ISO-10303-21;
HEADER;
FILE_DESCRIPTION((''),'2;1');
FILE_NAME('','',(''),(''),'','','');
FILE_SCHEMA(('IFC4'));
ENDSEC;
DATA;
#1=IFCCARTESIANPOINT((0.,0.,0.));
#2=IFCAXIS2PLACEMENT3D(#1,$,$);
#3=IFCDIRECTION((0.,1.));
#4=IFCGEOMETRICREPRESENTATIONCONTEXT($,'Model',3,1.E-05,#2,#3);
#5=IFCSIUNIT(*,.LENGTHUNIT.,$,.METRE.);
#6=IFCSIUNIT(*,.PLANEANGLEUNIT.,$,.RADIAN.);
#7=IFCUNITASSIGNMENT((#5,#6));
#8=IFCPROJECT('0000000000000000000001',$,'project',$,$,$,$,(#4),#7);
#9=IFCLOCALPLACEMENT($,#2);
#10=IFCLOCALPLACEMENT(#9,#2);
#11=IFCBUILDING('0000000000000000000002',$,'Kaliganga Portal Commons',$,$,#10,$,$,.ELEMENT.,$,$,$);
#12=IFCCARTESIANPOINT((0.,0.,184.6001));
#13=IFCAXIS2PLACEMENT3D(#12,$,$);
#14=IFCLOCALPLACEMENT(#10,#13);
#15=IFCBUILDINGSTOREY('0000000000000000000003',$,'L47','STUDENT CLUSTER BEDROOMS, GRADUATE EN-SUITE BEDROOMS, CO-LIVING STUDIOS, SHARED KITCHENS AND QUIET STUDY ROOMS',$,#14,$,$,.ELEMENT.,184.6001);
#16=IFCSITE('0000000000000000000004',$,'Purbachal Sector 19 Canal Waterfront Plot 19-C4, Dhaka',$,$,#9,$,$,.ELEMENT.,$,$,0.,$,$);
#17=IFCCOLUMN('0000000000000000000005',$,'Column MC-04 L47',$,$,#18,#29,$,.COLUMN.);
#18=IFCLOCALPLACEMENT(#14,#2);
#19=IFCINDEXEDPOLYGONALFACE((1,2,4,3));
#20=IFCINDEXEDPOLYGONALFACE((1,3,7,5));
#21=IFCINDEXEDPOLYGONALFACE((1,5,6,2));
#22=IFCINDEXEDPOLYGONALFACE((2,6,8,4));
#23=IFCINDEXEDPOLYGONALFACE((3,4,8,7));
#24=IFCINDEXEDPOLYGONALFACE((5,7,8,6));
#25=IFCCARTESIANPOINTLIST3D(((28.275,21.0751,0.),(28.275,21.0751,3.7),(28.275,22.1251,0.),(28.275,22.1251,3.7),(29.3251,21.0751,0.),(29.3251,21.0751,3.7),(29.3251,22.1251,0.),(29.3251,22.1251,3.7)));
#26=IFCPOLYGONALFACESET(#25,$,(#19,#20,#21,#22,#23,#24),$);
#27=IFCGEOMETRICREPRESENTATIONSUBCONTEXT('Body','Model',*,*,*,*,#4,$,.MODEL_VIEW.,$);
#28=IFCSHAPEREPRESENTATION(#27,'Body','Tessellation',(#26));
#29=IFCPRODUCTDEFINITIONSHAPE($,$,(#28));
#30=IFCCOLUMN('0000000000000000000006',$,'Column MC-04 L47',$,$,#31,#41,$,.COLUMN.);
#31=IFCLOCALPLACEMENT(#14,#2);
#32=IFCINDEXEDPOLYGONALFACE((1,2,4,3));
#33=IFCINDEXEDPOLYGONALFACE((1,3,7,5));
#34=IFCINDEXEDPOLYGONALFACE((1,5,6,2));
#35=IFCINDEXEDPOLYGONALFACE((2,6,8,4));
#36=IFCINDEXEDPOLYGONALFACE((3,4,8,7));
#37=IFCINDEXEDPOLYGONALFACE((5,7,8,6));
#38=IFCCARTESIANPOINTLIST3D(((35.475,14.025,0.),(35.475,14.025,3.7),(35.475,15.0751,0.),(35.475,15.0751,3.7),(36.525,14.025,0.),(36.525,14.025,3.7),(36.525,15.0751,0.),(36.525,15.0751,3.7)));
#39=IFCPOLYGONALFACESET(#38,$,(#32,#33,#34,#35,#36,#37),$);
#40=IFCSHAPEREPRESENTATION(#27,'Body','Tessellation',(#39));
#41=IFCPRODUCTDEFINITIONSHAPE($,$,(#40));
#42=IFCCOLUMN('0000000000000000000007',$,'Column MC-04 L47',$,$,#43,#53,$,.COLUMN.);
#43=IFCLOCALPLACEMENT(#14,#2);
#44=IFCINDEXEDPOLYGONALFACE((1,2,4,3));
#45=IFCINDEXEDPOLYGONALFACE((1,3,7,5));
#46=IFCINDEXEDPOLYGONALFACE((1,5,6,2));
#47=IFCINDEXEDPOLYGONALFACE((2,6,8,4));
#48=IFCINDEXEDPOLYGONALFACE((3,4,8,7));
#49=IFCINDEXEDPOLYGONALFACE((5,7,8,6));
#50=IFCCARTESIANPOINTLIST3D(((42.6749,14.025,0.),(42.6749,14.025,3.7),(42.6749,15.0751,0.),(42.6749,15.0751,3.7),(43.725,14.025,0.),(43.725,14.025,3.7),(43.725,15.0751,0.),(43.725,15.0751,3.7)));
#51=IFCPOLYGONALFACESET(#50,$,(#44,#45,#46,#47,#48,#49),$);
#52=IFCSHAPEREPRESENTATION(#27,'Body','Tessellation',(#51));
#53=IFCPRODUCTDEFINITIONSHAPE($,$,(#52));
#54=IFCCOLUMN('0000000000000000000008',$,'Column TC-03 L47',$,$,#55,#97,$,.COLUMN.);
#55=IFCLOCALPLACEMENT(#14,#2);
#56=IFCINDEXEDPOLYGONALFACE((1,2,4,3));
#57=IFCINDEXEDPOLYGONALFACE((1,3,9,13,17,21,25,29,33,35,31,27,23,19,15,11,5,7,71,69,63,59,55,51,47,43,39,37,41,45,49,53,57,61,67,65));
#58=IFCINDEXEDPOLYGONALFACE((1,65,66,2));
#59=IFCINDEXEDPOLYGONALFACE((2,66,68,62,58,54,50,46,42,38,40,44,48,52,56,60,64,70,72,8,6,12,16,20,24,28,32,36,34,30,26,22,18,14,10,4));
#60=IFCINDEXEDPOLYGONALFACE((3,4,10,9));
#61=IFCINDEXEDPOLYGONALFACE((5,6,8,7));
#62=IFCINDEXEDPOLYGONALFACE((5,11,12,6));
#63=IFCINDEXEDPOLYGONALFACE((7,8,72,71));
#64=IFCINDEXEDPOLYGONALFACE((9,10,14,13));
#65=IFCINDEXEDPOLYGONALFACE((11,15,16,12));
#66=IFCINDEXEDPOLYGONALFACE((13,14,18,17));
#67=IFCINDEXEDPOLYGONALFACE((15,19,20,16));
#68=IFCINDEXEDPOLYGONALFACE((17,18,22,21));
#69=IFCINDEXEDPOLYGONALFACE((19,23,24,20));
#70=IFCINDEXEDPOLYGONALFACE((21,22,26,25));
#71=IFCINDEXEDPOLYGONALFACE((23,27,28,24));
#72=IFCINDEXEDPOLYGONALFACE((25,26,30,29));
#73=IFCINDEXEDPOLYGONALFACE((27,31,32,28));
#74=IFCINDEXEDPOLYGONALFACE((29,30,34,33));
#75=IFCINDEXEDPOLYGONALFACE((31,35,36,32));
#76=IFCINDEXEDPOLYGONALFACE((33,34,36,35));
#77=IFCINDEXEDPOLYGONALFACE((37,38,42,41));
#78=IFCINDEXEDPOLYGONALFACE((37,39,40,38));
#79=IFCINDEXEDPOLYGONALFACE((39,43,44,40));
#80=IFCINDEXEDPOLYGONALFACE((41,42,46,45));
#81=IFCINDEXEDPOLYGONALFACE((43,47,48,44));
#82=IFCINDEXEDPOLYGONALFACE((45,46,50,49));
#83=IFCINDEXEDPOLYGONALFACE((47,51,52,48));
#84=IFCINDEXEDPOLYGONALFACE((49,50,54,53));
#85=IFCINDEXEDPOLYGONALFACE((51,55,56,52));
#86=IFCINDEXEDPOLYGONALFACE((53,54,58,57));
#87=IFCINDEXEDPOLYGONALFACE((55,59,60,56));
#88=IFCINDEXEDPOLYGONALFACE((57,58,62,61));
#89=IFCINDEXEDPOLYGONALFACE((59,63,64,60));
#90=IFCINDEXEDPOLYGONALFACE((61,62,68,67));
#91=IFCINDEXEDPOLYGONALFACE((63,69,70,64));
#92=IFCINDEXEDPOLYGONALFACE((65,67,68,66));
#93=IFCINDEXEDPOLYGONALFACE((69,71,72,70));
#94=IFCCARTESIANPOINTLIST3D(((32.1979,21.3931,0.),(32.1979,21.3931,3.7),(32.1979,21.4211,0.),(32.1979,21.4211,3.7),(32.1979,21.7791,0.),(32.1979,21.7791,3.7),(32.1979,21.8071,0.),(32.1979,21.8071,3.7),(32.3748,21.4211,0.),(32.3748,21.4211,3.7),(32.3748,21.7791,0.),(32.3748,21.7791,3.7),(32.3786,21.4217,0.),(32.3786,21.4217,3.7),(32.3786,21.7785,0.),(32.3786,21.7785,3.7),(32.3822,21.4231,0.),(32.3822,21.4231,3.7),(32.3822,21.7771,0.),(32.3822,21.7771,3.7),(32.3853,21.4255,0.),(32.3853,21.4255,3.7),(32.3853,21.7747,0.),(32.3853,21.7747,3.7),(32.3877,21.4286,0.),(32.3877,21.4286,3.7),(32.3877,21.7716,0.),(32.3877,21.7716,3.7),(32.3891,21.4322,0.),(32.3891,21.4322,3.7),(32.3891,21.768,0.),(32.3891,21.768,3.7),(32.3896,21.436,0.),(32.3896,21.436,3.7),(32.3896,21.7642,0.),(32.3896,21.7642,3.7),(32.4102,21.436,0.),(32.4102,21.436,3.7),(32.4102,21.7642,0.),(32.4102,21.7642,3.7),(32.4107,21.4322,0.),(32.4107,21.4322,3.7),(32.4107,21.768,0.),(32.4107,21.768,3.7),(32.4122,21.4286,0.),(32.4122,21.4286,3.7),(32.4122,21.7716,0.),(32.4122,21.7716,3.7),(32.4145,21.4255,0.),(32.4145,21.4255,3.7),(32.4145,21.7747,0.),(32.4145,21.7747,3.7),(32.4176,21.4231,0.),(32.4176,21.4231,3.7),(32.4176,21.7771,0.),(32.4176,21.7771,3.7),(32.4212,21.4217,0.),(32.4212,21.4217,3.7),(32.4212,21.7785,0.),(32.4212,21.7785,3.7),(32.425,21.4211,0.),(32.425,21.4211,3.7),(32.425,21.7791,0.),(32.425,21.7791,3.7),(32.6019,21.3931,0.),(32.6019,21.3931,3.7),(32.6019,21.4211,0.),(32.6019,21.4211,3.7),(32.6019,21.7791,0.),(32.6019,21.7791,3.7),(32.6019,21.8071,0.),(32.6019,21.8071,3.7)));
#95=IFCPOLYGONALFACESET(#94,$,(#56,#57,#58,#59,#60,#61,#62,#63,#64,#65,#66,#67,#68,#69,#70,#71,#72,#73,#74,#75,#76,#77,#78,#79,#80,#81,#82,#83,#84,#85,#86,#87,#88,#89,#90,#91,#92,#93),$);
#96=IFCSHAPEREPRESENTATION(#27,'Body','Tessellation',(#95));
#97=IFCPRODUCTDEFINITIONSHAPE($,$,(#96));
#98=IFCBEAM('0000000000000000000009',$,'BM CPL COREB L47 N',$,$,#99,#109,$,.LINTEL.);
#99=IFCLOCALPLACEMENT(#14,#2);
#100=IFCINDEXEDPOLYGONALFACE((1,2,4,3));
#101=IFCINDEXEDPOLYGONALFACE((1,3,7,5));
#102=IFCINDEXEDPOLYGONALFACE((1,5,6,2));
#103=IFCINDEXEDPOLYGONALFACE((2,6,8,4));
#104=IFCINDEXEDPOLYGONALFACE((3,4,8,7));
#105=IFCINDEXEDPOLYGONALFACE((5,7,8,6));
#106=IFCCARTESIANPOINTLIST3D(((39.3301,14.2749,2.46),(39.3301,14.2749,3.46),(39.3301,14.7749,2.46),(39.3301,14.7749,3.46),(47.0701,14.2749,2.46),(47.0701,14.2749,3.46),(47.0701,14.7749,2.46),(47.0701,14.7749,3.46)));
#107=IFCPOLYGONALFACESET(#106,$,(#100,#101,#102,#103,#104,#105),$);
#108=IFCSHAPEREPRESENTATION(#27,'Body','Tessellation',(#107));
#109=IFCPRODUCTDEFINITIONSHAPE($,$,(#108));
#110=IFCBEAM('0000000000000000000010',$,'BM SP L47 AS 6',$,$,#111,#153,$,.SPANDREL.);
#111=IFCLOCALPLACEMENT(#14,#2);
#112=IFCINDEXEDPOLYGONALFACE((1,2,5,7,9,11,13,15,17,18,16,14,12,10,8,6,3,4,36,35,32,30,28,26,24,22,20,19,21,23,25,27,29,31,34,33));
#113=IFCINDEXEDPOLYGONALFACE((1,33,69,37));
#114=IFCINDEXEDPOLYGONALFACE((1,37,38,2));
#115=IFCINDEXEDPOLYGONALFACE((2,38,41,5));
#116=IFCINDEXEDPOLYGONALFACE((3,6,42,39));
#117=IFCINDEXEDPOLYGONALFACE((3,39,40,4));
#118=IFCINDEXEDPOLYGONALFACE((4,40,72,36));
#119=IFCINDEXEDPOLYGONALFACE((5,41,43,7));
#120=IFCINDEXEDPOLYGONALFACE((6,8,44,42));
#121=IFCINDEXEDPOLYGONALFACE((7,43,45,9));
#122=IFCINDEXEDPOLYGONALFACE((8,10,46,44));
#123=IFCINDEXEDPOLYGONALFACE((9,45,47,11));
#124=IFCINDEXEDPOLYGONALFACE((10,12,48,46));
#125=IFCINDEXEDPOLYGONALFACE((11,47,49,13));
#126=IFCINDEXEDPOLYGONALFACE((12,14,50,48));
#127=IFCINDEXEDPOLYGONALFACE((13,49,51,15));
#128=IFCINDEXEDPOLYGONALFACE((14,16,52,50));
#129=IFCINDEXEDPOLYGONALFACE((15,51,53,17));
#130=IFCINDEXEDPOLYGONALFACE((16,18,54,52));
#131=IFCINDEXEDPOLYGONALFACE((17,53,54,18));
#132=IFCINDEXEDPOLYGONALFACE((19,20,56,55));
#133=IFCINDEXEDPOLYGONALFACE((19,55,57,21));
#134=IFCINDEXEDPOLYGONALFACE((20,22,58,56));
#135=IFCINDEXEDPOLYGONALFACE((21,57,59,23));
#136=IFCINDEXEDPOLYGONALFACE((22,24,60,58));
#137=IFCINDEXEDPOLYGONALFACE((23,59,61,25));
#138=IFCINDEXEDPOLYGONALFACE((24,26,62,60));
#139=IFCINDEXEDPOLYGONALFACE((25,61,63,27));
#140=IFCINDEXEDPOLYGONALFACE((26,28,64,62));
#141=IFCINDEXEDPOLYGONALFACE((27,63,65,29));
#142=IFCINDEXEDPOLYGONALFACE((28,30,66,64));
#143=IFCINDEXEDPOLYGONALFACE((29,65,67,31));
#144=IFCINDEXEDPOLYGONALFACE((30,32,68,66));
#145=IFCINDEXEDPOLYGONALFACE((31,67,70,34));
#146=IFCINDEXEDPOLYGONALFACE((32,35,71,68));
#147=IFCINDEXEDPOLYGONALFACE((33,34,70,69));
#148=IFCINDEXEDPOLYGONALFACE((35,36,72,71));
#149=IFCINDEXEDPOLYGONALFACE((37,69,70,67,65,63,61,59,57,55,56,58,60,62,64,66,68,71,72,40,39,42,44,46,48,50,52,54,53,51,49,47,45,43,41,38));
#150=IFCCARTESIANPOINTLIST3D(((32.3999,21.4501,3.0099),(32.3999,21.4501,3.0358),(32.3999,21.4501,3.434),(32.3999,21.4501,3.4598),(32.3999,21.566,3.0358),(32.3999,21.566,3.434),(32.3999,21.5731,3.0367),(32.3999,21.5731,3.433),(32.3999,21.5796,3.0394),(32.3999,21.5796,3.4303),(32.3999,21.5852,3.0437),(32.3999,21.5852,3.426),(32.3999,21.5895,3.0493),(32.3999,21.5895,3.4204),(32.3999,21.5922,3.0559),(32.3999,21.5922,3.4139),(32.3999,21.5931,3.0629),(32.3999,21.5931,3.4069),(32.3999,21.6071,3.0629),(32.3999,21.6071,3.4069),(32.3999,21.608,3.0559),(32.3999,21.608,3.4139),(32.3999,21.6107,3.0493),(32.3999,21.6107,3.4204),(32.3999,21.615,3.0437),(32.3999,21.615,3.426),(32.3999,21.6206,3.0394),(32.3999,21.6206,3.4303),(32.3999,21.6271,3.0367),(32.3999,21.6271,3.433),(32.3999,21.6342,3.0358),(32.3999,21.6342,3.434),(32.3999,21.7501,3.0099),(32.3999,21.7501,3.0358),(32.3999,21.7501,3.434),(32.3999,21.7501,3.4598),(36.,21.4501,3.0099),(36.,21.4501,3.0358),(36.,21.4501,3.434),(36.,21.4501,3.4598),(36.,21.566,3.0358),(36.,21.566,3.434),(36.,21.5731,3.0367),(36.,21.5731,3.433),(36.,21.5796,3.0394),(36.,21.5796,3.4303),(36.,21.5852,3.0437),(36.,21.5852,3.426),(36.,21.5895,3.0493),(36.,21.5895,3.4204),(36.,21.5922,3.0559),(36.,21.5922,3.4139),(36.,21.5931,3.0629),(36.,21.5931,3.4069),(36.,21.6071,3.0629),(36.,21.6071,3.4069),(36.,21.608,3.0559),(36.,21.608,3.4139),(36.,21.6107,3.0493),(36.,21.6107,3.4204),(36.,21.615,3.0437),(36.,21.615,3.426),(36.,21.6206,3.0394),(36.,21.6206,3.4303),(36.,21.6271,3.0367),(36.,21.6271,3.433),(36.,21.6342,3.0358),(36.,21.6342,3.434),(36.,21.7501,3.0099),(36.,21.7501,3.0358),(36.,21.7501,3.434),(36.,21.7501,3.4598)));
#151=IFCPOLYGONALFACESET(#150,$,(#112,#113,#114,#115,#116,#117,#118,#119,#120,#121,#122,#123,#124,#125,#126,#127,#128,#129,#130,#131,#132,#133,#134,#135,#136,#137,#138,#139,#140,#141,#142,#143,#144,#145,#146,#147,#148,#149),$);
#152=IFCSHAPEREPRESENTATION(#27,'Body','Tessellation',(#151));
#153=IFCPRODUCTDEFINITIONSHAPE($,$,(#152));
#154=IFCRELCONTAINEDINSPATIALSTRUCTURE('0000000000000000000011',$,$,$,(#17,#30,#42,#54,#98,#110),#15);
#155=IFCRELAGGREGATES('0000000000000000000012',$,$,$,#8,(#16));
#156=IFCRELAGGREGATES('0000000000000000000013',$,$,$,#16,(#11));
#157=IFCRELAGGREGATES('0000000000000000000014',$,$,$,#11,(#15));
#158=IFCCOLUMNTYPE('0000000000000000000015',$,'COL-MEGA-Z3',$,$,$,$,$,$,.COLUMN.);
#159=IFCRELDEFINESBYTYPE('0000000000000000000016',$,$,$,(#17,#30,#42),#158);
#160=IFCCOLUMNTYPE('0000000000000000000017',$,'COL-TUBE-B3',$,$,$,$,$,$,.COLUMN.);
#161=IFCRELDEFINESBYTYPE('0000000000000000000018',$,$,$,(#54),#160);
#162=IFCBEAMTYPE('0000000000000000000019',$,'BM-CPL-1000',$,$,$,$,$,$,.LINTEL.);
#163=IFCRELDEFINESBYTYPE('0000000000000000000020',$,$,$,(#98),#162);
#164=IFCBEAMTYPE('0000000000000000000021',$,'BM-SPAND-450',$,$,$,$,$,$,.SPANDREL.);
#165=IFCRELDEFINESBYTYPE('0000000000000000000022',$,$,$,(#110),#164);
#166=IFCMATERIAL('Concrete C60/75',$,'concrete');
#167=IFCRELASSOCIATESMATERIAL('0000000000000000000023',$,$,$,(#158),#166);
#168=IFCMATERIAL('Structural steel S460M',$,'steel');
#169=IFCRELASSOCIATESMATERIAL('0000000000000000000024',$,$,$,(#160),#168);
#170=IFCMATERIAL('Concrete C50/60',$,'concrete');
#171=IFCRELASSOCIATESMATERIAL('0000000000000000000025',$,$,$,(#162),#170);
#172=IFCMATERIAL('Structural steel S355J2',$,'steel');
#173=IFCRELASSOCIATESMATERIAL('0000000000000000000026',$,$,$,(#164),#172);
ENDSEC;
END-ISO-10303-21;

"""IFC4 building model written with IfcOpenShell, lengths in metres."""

from ifc_helpers import new_model, si_unit, direction, frame, origin, origin_2d, place, context, subcontext, project, spatial, rectangle, i_section, extrude, source, transform, mapped, material, material_profile, profile_set, type_object, element, save


model = new_model("IFC4")

# Units and contexts
model_context = context("Model", 3, precision=1e-05, world=origin(), true_north=direction((0.0, 1.0)))
body_context = subcontext(model_context, "Body", "Model", "MODEL_VIEW")
ifc_project = project(units=[si_unit("LENGTHUNIT", "METRE"), si_unit("PLANEANGLEUNIT", "RADIAN")], contexts=[model_context])

# Site, building, storey
site_placement = place(None, origin())
site = spatial("IfcSite", under=ifc_project, at=site_placement, Name="Purbachal Sector 19 Canal Waterfront Plot 19-C4, Dhaka", CompositionType="ELEMENT", RefElevation=0.0)
building_placement = place(site_placement, origin())
building = spatial("IfcBuilding", under=site, at=building_placement, Name="Kaliganga Portal Commons", CompositionType="ELEMENT")
storey_placement = place(building_placement, frame((0.0, 0.0, 184.6001)))
storey = spatial("IfcBuildingStorey", under=building, at=storey_placement, Name="L47", Description="STUDENT CLUSTER BEDROOMS, GRADUATE EN-SUITE BEDROOMS, CO-LIVING STUDIOS, SHARED KITCHENS AND QUIET STUDY ROOMS", CompositionType="ELEMENT", Elevation=184.6001)

# Columns
ifc_material_1 = material(Name="Concrete C60/75", Category="concrete")
ifc_material_profile_1 = material_profile(ifc_material_1, rectangle(XDim=1.05, YDim=1.05, at=origin_2d()), Name="RC 1050x1050")
ifc_profile_set_1 = profile_set([ifc_material_profile_1], Name="Concrete C60/75")
column_type_1 = type_object("IfcColumnType", Name="COL-MEGA-Z3", PredefinedType="COLUMN", material=ifc_profile_set_1)
shared_shape_1 = source(origin(), body_context, "Body", "SweptSolid", [
    extrude(rectangle(XDim=1.05, YDim=1.05, at=origin_2d()), origin(), (0.0, 0.0, 1.0), 3.7),
])
for number, where, z_axis, x_axis, name in (
    (1, (28.8, 21.6001, 0.0), (0.0, 0.0, 1.0), (1.0, 0.0, 0.0), "Column MC-04 L47"),
    (2, (36.0, 14.55, 0.0), (0.0, 0.0, 1.0), (1.0, 0.0, 0.0), "Column MC-04 L47"),
    (3, (43.2, 14.55, 0.0), (0.0, 0.0, 1.0), (1.0, 0.0, 0.0), "Column MC-04 L47"),
):
    element("IfcColumn", number, at=place(storey_placement, frame(where, z_axis=z_axis, x_axis=x_axis)), inside=storey, type_object=column_type_1, Name=name, PredefinedType="COLUMN", context=body_context, shape_type="MappedRepresentation", body=[
        mapped(shared_shape_1, transform((0.0, 0.0, 0.0), x_axis=(1.0, 0.0, 0.0), y_axis=(0.0, 1.0, 0.0), z_axis=(0.0, 0.0, 1.0), scale=1.0)),
    ])
ifc_material_2 = material(Name="Structural steel S460M", Category="steel")
ifc_material_profile_2 = material_profile(ifc_material_2, i_section(OverallWidth=0.4041, OverallDepth=0.4141, WebThickness=0.0205, FlangeThickness=0.0281, FilletRadius=0.0149, at=origin_2d()), Name="HD 400x347")
ifc_profile_set_2 = profile_set([ifc_material_profile_2], Name="Structural steel S460M wide-flange")
column_type_2 = type_object("IfcColumnType", Name="COL-TUBE-B3", PredefinedType="COLUMN", material=ifc_profile_set_2)
shared_shape_2 = source(origin(), body_context, "Body", "SweptSolid", [
    extrude(i_section(OverallWidth=0.4041, OverallDepth=0.4141, WebThickness=0.0205, FlangeThickness=0.0281, FilletRadius=0.0149, at=origin_2d()), origin(), (0.0, 0.0, 1.0), 3.7),
])
column_placement = place(storey_placement, frame((32.3999, 21.6001, 0.0), z_axis=(0.0, 0.0, 1.0), x_axis=(1.0, 0.0, 0.0)))
element("IfcColumn", 4, at=column_placement, inside=storey, type_object=column_type_2, Name="Column TC-03 L47", PredefinedType="COLUMN", context=body_context, shape_type="MappedRepresentation", body=[
    mapped(shared_shape_2, transform((0.0, 0.0, 0.0), x_axis=(1.0, 0.0, 0.0), y_axis=(0.0, 1.0, 0.0), z_axis=(0.0, 0.0, 1.0), scale=1.0)),
])

# Beams
ifc_material_3 = material(Name="Concrete C50/60", Category="concrete")
ifc_material_profile_3 = material_profile(ifc_material_3, rectangle(XDim=0.5, YDim=1.0, at=origin_2d()), Name="RC 500x1000")
ifc_profile_set_3 = profile_set([ifc_material_profile_3], Name="Concrete C50/60")
beam_type_1 = type_object("IfcBeamType", Name="BM-CPL-1000", PredefinedType="LINTEL", material=ifc_profile_set_3)
shared_shape_3 = source(origin(), body_context, "Body", "SweptSolid", [
    extrude(rectangle(XDim=0.5, YDim=1.0, at=origin_2d()), origin(), (0.0, 0.0, 1.0), 7.74),
])
beam_1_placement = place(storey_placement, frame((39.3301, 14.5249, 2.96), z_axis=(1.0, 0.0, 0.0), x_axis=(0.0, 1.0, 0.0)))
element("IfcBeam", 5, at=beam_1_placement, inside=storey, type_object=beam_type_1, Name="BM CPL COREB L47 N", PredefinedType="LINTEL", context=body_context, shape_type="MappedRepresentation", body=[
    mapped(shared_shape_3, transform((0.0, 0.0, 0.0), x_axis=(1.0, 0.0, 0.0), y_axis=(0.0, 1.0, 0.0), z_axis=(0.0, 0.0, 1.0), scale=1.0)),
])
ifc_material_4 = material(Name="Structural steel S355J2", Category="steel")
ifc_material_profile_4 = material_profile(ifc_material_4, i_section(OverallWidth=0.3, OverallDepth=0.45, WebThickness=0.0139, FlangeThickness=0.0259, FilletRadius=0.0271, at=origin_2d()), Name="HE 450 B")
ifc_profile_set_4 = profile_set([ifc_material_profile_4], Name="Structural steel S355J2 wide-flange")
beam_type_2 = type_object("IfcBeamType", Name="BM-SPAND-450", PredefinedType="SPANDREL", material=ifc_profile_set_4)
shared_shape_4 = source(origin(), body_context, "Body", "SweptSolid", [
    extrude(i_section(OverallWidth=0.3, OverallDepth=0.45, WebThickness=0.0139, FlangeThickness=0.0259, FilletRadius=0.0271, at=origin_2d()), origin(), (0.0, 0.0, 1.0), 3.6001),
])
beam_2_placement = place(storey_placement, frame((32.3999, 21.6001, 3.2349), z_axis=(1.0, 0.0, 0.0), x_axis=(0.0, 1.0, 0.0)))
element("IfcBeam", 6, at=beam_2_placement, inside=storey, type_object=beam_type_2, Name="BM SP L47 AS 6", PredefinedType="SPANDREL", context=body_context, shape_type="MappedRepresentation", body=[
    mapped(shared_shape_4, transform((0.0, 0.0, 0.0), x_axis=(1.0, 0.0, 0.0), y_axis=(0.0, 1.0, 0.0), z_axis=(0.0, 0.0, 1.0), scale=1.0)),
])

save(model, "model.ifc")
